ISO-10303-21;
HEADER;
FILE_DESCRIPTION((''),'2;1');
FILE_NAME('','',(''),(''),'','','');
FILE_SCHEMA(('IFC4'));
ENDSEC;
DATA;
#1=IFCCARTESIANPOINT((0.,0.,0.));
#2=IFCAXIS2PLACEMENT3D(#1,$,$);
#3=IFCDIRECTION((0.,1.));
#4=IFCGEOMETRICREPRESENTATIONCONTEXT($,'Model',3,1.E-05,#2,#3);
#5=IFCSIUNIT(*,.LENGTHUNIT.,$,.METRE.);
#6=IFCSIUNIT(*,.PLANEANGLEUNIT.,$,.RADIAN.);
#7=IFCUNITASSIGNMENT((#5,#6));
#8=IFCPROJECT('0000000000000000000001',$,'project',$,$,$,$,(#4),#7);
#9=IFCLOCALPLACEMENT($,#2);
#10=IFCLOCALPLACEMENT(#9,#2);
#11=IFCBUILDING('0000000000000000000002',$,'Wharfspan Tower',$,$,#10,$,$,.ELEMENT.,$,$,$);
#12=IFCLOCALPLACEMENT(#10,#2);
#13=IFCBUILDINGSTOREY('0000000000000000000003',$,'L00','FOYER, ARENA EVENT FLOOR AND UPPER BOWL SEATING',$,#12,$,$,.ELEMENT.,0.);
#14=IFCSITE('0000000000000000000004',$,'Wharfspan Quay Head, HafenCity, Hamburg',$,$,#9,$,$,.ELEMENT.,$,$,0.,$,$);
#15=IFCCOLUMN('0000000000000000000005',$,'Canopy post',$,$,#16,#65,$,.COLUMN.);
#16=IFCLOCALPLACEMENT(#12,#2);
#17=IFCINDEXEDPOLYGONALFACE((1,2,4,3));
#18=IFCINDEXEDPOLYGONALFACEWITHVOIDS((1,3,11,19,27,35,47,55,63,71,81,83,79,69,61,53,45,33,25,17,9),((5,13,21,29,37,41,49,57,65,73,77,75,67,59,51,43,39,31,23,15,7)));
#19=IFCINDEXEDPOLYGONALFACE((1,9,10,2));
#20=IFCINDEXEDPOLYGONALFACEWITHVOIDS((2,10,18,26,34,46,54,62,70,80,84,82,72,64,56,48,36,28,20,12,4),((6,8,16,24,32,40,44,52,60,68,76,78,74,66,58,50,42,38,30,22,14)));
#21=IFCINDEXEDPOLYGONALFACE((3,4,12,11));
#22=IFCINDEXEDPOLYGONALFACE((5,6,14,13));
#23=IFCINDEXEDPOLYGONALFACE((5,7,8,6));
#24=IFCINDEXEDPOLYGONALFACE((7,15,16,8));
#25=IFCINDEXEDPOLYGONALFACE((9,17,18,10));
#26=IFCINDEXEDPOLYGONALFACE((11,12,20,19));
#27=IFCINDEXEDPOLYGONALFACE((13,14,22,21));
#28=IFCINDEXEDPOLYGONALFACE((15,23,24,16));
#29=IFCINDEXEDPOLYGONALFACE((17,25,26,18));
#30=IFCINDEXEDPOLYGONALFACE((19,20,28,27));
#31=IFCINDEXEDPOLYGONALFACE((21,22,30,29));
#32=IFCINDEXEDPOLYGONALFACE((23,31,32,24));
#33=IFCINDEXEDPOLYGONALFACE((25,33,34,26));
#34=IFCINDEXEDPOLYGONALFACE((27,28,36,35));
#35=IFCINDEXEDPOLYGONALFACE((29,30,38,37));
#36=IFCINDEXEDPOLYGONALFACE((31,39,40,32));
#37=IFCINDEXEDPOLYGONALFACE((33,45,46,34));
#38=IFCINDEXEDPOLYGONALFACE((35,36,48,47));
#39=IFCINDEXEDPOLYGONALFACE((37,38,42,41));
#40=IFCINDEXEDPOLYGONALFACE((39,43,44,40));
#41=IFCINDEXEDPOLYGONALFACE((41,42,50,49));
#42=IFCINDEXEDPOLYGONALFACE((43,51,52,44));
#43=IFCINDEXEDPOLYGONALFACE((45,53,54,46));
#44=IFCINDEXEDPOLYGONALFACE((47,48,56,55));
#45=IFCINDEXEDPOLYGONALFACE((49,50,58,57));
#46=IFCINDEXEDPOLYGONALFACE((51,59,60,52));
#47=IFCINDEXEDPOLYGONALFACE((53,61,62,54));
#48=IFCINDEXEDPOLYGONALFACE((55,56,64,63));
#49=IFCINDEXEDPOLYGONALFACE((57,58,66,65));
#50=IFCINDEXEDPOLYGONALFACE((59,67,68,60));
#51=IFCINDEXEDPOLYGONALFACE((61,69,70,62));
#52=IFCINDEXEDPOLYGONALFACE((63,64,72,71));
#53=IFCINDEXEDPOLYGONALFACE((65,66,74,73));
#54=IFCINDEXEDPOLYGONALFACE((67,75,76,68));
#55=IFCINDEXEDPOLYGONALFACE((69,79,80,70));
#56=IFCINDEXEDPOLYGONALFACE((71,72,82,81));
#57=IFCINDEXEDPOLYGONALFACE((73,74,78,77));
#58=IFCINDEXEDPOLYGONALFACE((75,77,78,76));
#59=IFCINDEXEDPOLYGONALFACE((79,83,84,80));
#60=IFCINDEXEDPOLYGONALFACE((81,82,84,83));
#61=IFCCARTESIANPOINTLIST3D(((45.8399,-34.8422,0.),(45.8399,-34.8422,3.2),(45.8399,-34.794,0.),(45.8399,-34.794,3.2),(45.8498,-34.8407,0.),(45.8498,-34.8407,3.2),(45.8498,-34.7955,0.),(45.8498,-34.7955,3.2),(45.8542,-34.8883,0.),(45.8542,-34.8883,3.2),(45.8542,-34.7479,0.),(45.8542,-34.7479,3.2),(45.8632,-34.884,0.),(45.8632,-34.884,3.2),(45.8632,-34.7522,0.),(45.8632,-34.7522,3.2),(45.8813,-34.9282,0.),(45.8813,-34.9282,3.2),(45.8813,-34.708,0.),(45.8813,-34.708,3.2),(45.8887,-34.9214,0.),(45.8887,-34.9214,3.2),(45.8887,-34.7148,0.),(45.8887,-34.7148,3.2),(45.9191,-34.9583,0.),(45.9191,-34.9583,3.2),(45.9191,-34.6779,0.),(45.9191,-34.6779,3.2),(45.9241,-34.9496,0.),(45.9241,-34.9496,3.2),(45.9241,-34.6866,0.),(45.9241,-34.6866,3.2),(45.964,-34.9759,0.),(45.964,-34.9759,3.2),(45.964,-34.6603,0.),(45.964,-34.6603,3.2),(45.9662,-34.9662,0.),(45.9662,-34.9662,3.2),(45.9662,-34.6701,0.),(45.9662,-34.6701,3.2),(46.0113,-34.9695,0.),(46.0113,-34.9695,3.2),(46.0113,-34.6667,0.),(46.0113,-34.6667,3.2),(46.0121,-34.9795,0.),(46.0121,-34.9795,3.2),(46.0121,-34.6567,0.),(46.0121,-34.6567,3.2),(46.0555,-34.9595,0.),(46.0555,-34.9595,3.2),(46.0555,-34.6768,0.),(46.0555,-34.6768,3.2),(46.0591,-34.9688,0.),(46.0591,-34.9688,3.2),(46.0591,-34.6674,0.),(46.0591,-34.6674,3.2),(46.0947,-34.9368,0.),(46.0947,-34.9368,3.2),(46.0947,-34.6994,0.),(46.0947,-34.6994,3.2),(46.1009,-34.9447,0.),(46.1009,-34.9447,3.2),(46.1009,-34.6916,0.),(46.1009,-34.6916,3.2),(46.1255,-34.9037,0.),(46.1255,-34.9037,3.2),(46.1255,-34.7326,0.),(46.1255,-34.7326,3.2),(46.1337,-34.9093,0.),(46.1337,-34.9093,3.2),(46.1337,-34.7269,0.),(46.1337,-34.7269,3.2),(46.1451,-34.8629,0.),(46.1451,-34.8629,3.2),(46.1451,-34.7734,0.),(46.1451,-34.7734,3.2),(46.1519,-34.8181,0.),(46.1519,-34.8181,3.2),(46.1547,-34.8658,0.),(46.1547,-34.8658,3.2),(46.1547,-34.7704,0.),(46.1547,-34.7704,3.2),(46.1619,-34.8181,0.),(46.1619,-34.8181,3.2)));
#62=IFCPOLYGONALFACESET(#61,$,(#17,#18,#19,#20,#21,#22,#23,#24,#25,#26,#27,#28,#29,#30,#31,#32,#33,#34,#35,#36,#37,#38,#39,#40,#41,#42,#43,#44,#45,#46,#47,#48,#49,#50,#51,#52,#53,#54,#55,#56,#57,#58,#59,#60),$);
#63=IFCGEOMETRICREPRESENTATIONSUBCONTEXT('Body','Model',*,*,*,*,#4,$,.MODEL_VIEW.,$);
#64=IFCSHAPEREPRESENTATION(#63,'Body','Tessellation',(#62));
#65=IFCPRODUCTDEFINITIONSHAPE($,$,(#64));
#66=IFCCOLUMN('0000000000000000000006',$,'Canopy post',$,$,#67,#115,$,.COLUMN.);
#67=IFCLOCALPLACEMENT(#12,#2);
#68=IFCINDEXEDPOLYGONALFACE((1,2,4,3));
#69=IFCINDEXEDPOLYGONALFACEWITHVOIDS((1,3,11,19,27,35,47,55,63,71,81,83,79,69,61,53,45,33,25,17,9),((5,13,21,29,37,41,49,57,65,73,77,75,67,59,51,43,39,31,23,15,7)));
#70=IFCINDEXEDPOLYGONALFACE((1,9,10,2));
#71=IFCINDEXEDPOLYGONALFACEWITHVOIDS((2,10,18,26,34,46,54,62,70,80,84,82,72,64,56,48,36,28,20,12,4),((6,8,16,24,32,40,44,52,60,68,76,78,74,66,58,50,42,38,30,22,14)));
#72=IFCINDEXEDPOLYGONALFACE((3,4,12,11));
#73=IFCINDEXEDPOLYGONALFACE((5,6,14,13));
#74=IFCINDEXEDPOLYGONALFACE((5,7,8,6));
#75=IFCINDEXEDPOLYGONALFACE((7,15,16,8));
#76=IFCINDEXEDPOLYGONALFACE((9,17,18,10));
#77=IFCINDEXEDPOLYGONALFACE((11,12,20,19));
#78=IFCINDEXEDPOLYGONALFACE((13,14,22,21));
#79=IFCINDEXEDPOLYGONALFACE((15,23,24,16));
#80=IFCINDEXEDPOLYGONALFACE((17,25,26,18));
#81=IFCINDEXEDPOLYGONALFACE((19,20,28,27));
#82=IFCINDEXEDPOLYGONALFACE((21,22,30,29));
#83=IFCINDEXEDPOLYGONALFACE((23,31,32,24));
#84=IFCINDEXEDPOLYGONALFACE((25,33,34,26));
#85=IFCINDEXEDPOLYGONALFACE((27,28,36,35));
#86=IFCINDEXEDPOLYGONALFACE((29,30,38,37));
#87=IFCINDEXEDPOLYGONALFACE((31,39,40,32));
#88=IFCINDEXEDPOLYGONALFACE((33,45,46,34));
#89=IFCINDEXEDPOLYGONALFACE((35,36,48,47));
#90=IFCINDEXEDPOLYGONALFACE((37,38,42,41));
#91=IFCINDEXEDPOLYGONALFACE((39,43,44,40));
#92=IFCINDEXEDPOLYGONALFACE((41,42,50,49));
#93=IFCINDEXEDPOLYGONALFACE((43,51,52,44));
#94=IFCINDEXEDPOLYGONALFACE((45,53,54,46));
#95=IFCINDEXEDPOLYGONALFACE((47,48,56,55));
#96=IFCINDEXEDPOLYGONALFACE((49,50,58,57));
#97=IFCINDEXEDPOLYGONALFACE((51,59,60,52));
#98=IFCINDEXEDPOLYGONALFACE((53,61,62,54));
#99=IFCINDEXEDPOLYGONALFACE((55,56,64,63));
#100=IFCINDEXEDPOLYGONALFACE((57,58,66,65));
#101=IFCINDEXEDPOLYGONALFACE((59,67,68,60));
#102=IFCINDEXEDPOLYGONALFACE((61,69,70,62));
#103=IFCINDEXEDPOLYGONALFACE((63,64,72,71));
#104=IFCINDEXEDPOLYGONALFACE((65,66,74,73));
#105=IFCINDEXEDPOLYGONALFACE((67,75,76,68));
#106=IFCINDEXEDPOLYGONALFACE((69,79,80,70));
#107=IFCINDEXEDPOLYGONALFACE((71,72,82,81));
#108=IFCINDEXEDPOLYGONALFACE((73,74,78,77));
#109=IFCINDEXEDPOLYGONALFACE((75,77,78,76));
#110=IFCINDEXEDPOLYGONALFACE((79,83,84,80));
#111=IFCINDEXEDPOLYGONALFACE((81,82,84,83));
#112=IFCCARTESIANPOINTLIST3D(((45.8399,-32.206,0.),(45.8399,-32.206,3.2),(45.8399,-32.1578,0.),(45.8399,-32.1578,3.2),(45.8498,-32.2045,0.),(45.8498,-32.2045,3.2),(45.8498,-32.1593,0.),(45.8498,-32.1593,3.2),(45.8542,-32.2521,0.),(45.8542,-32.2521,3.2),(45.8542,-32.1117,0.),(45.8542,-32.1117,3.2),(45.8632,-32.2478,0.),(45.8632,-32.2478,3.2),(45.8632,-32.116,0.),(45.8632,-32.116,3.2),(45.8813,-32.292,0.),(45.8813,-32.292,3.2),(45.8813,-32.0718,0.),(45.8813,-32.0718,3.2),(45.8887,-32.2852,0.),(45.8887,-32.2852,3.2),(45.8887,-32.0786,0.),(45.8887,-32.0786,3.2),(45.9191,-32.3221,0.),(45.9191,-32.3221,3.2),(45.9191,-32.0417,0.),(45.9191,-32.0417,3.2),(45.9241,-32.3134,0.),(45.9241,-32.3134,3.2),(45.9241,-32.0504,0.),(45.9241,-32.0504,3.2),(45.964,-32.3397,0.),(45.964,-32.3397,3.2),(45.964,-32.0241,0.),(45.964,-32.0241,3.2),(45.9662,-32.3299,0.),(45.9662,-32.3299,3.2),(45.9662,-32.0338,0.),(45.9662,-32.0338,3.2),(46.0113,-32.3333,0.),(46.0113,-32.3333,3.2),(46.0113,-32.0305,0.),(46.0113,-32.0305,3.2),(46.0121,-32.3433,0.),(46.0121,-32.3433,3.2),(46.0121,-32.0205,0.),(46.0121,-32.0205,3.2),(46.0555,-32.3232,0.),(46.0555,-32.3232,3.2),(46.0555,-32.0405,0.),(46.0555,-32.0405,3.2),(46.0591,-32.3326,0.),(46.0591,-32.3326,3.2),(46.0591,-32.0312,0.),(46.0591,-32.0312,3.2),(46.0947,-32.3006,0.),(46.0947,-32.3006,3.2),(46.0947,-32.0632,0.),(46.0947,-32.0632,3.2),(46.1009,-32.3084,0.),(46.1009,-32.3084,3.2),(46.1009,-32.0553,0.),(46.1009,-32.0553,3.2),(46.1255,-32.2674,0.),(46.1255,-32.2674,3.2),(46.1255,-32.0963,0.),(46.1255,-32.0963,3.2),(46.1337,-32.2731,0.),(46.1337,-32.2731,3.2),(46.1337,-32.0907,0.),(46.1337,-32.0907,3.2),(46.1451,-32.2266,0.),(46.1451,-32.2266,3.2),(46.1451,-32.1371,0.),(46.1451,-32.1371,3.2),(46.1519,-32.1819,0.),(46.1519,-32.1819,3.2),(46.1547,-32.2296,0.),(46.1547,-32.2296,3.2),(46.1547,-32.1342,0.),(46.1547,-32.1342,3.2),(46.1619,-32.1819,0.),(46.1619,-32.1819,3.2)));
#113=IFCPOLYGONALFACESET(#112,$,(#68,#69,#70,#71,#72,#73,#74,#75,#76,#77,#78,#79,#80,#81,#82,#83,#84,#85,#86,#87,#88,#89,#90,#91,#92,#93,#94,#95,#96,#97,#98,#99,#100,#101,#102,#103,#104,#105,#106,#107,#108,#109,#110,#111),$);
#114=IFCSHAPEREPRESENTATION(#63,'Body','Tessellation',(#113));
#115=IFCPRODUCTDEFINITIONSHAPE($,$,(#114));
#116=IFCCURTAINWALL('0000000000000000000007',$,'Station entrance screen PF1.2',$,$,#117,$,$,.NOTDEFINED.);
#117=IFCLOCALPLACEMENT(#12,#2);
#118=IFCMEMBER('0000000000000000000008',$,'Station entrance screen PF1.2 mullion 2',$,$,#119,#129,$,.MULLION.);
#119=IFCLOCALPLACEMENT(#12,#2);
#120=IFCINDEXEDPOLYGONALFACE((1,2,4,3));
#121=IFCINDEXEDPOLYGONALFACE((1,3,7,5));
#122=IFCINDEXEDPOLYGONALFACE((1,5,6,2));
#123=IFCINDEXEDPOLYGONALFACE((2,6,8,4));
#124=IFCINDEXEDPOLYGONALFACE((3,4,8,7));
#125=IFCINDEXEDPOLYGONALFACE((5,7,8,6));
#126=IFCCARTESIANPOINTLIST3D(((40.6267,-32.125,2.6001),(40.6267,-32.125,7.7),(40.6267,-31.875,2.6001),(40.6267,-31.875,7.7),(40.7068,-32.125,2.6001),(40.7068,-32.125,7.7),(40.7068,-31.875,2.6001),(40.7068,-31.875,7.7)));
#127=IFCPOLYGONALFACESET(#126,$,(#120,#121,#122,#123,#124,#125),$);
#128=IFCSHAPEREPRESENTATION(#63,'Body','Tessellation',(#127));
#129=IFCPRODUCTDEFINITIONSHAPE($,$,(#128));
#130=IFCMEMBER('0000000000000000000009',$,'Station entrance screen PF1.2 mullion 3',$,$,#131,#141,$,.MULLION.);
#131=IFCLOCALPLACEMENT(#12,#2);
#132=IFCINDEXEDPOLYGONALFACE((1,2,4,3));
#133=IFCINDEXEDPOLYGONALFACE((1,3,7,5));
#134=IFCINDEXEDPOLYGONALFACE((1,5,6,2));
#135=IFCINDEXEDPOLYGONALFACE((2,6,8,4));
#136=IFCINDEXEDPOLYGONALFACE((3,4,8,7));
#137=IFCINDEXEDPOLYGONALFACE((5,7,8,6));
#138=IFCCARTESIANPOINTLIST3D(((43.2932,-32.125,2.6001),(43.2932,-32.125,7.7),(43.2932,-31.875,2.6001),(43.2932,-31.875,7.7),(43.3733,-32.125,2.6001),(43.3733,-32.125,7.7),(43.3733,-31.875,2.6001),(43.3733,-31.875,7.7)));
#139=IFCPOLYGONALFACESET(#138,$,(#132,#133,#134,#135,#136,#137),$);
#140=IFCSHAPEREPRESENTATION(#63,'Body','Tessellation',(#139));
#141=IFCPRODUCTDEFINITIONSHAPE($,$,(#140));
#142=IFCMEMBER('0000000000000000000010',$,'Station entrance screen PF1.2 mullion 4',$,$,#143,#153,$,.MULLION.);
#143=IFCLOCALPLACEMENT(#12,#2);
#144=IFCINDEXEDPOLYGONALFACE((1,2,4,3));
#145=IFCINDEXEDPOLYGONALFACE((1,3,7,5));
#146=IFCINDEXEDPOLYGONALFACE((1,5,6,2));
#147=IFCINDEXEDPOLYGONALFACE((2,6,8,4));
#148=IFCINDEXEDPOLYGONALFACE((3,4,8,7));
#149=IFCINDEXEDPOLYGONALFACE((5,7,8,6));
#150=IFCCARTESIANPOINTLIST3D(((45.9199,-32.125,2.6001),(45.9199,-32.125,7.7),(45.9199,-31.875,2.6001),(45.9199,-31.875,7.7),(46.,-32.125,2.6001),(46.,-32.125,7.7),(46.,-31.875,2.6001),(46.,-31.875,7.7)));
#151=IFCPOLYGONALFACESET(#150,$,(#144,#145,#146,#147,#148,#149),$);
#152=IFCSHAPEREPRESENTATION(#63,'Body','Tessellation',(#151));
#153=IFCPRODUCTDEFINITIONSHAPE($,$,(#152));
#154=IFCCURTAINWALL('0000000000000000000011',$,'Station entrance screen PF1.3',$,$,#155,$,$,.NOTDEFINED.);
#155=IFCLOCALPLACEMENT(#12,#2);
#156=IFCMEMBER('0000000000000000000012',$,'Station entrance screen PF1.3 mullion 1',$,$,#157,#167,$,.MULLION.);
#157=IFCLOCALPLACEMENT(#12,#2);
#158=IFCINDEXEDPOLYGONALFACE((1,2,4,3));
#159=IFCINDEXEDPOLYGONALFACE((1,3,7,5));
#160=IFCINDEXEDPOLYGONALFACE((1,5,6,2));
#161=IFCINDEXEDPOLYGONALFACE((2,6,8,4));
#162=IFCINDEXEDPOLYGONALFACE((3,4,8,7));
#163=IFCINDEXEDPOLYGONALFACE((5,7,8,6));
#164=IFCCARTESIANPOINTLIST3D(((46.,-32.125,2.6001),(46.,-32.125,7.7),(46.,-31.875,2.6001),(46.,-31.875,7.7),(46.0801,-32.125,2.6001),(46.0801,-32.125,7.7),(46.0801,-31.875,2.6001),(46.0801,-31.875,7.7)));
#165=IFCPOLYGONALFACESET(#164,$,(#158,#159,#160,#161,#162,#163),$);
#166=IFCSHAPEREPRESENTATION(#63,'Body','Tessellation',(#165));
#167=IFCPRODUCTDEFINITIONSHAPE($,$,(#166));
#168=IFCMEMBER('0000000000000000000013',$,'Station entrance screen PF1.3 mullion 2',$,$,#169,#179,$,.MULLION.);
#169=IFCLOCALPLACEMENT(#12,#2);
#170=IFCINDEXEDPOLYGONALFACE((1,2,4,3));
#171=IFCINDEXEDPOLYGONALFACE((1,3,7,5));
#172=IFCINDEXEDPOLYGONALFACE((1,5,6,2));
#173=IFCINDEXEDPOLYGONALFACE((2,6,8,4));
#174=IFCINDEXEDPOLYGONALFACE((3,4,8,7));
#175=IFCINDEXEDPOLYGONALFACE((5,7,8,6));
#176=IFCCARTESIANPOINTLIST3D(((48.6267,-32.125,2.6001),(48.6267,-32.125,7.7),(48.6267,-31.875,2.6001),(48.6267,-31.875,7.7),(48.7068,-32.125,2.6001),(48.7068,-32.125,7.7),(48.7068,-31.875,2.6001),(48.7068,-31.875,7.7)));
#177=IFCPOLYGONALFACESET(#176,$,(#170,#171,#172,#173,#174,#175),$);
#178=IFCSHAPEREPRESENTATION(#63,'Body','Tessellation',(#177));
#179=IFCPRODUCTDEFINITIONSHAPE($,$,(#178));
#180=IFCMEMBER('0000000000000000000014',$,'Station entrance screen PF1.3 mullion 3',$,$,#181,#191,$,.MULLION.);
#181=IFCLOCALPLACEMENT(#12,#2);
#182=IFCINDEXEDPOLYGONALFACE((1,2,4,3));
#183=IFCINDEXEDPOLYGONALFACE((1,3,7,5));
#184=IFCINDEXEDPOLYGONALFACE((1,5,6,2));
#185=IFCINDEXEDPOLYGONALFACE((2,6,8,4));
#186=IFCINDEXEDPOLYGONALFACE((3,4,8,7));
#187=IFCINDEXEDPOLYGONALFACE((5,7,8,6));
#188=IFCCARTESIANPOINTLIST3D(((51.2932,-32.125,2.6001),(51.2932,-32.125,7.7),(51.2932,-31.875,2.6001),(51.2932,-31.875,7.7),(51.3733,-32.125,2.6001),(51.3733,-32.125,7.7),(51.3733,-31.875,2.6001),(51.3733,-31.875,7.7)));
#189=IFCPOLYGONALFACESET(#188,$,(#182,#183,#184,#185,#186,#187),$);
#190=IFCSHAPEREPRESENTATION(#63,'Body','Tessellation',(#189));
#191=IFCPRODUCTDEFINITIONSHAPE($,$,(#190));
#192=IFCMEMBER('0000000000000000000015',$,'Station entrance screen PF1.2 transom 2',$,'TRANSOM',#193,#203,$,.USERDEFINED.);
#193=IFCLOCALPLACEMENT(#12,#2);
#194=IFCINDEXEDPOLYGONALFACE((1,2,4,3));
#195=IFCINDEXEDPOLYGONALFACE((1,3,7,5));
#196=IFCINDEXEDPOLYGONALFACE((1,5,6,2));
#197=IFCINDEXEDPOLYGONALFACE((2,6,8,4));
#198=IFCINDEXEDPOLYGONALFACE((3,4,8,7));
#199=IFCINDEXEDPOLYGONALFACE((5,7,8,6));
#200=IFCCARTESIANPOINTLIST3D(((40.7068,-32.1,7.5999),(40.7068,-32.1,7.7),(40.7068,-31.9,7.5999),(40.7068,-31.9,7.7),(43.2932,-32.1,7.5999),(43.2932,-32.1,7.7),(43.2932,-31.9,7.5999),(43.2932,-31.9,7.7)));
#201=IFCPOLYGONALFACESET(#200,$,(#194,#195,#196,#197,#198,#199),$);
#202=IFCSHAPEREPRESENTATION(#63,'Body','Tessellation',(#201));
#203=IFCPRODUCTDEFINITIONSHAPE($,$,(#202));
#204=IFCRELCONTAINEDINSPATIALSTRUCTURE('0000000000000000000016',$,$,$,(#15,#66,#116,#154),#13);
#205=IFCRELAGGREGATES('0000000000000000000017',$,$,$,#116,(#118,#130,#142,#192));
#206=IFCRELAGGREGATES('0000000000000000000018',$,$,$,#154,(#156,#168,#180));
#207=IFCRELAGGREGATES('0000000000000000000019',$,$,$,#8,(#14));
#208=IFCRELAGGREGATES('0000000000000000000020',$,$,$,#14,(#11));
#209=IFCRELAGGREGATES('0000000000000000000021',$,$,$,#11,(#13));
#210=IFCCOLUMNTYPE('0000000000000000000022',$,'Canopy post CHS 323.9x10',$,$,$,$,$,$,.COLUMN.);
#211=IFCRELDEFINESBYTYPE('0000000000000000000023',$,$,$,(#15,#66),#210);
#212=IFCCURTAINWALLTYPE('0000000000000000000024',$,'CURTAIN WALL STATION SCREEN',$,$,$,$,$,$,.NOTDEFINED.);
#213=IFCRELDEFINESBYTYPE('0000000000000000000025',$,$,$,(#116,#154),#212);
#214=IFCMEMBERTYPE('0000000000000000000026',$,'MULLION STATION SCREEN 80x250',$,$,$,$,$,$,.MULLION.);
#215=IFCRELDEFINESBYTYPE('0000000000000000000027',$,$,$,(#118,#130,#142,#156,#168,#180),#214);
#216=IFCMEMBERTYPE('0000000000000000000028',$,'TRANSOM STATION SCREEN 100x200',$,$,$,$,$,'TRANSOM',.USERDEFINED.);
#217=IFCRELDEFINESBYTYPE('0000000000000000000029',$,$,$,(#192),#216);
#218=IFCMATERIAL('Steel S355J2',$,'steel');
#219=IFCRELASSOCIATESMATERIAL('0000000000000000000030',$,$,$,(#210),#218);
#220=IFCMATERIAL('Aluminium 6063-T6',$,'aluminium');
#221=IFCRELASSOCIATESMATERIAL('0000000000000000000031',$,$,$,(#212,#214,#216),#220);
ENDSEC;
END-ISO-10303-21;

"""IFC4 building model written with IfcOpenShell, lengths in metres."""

from ifc_helpers import new_model, si_unit, direction, frame, origin, origin_2d, place, context, subcontext, project, spatial, rectangle, hollow_circle, extrude, material, material_profile, profile_set, type_object, element, aggregate, save


model = new_model("IFC4")

# Units and contexts
model_context = context("Model", 3, precision=1e-05, world=origin(), true_north=direction((0.0, 1.0)))
body_context = subcontext(model_context, "Body", "Model", "MODEL_VIEW")
ifc_project = project(units=[si_unit("LENGTHUNIT", "METRE"), si_unit("PLANEANGLEUNIT", "RADIAN")], contexts=[model_context])

# Site, building, storey
site_placement = place(None, origin())
site = spatial("IfcSite", under=ifc_project, at=site_placement, Name="Wharfspan Quay Head, HafenCity, Hamburg", CompositionType="ELEMENT", RefElevation=0.0)
building_placement = place(site_placement, origin())
building = spatial("IfcBuilding", under=site, at=building_placement, Name="Wharfspan Tower", CompositionType="ELEMENT")
storey_placement = place(building_placement, origin())
storey = spatial("IfcBuildingStorey", under=building, at=storey_placement, Name="L00", Description="FOYER, ARENA EVENT FLOOR AND UPPER BOWL SEATING", CompositionType="ELEMENT", Elevation=0.0)

# Columns
ifc_material_1 = material(Name="Steel S355J2", Category="steel")
ifc_material_profile_1 = material_profile(ifc_material_1, hollow_circle(Radius=0.1619, WallThickness=0.01, at=origin_2d()))
ifc_profile_set_1 = profile_set([ifc_material_profile_1], Name="Steel S355J2")
column_type = type_object("IfcColumnType", Name="Canopy post CHS 323.9x10", PredefinedType="COLUMN", material=ifc_profile_set_1)
for number, where, z_axis, x_axis, name in (
    (1, (46.0, -34.8181, 0.0), (0.0, 0.0, 1.0), (1.0, 0.0, 0.0), "Canopy post"),
    (2, (46.0, -32.1819, 0.0), (0.0, 0.0, 1.0), (1.0, 0.0, 0.0), "Canopy post"),
):
    element("IfcColumn", number, at=place(storey_placement, frame(where, z_axis=z_axis, x_axis=x_axis)), inside=storey, type_object=column_type, Name=name, PredefinedType="COLUMN", context=body_context, shape_type="SweptSolid", body=[
        extrude(hollow_circle(Radius=0.1619, WallThickness=0.01, at=origin_2d()), origin(), (0.0, 0.0, 1.0), 3.2),
    ])

# Curtain walls, members
ifc_material_2 = material(Name="Aluminium 6063-T6", Category="aluminium")
curtain_wall_type = type_object("IfcCurtainWallType", Name="CURTAIN WALL STATION SCREEN", PredefinedType="NOTDEFINED", material=ifc_material_2)
curtain_wall_1_placement = place(storey_placement, origin())
curtain_wall_1 = element("IfcCurtainWall", 3, at=curtain_wall_1_placement, inside=storey, type_object=curtain_wall_type, Name="Station entrance screen PF1.2", PredefinedType="NOTDEFINED")
ifc_material_profile_2 = material_profile(ifc_material_2, rectangle(XDim=0.25, YDim=0.0801, at=origin_2d()))
ifc_profile_set_2 = profile_set([ifc_material_profile_2], Name="Aluminium 6063-T6")
member_type_1 = type_object("IfcMemberType", Name="MULLION STATION SCREEN 80x250", PredefinedType="MULLION", material=ifc_profile_set_2)
member_1_placement = place(storey_placement, frame((40.6667, -32.0, 2.6001), z_axis=(0.0, 0.0, 1.0), x_axis=(0.0, 1.0, 0.0)))
member_1 = element("IfcMember", 4, at=member_1_placement, type_object=member_type_1, Name="Station entrance screen PF1.2 mullion 2", PredefinedType="MULLION", context=body_context, shape_type="SweptSolid", body=[
    extrude(rectangle(XDim=0.25, YDim=0.0801, at=origin_2d()), origin(), (0.0, 0.0, 1.0), 5.0999),
])
member_2_placement = place(storey_placement, frame((43.3333, -32.0, 2.6001), z_axis=(0.0, 0.0, 1.0), x_axis=(0.0, 1.0, 0.0)))
member_2 = element("IfcMember", 5, at=member_2_placement, type_object=member_type_1, Name="Station entrance screen PF1.2 mullion 3", PredefinedType="MULLION", context=body_context, shape_type="SweptSolid", body=[
    extrude(rectangle(XDim=0.25, YDim=0.0801, at=origin_2d()), origin(), (0.0, 0.0, 1.0), 5.0999),
])
member_3_placement = place(storey_placement, frame((45.96, -32.0, 2.6001), z_axis=(0.0, 0.0, 1.0), x_axis=(0.0, 1.0, 0.0)))
member_3 = element("IfcMember", 6, at=member_3_placement, type_object=member_type_1, Name="Station entrance screen PF1.2 mullion 4", PredefinedType="MULLION", context=body_context, shape_type="SweptSolid", body=[
    extrude(rectangle(XDim=0.25, YDim=0.0801, at=origin_2d()), origin(), (0.0, 0.0, 1.0), 5.0999),
])
curtain_wall_2_placement = place(storey_placement, origin())
curtain_wall_2 = element("IfcCurtainWall", 7, at=curtain_wall_2_placement, inside=storey, type_object=curtain_wall_type, Name="Station entrance screen PF1.3", PredefinedType="NOTDEFINED")
member_4_placement = place(storey_placement, frame((46.04, -32.0, 2.6001), z_axis=(0.0, 0.0, 1.0), x_axis=(0.0, 1.0, 0.0)))
member_4 = element("IfcMember", 8, at=member_4_placement, type_object=member_type_1, Name="Station entrance screen PF1.3 mullion 1", PredefinedType="MULLION", context=body_context, shape_type="SweptSolid", body=[
    extrude(rectangle(XDim=0.25, YDim=0.0801, at=origin_2d()), origin(), (0.0, 0.0, 1.0), 5.0999),
])
member_5_placement = place(storey_placement, frame((48.6667, -32.0, 2.6001), z_axis=(0.0, 0.0, 1.0), x_axis=(0.0, 1.0, 0.0)))
member_5 = element("IfcMember", 9, at=member_5_placement, type_object=member_type_1, Name="Station entrance screen PF1.3 mullion 2", PredefinedType="MULLION", context=body_context, shape_type="SweptSolid", body=[
    extrude(rectangle(XDim=0.25, YDim=0.0801, at=origin_2d()), origin(), (0.0, 0.0, 1.0), 5.0999),
])
member_6_placement = place(storey_placement, frame((51.3333, -32.0, 2.6001), z_axis=(0.0, 0.0, 1.0), x_axis=(0.0, 1.0, 0.0)))
member_6 = element("IfcMember", 10, at=member_6_placement, type_object=member_type_1, Name="Station entrance screen PF1.3 mullion 3", PredefinedType="MULLION", context=body_context, shape_type="SweptSolid", body=[
    extrude(rectangle(XDim=0.25, YDim=0.0801, at=origin_2d()), origin(), (0.0, 0.0, 1.0), 5.0999),
])

# Member
ifc_material_profile_3 = material_profile(ifc_material_2, rectangle(XDim=0.2, YDim=0.1001, at=origin_2d()))
ifc_profile_set_3 = profile_set([ifc_material_profile_3], Name="Aluminium 6063-T6")
member_type_2 = type_object("IfcMemberType", Name="TRANSOM STATION SCREEN 100x200", ElementType="TRANSOM", PredefinedType="USERDEFINED", material=ifc_profile_set_3)
member_7_placement = place(storey_placement, frame((40.7068, -32.0, 7.6499), z_axis=(1.0, 0.0, 0.0), x_axis=(0.0, 1.0, 0.0)))
member_7 = element("IfcMember", 11, at=member_7_placement, type_object=member_type_2, Name="Station entrance screen PF1.2 transom 2", ObjectType="TRANSOM", PredefinedType="USERDEFINED", context=body_context, shape_type="SweptSolid", body=[
    extrude(rectangle(XDim=0.2, YDim=0.1001, at=origin_2d()), origin(), (0.0, 0.0, 1.0), 2.5864),
])

aggregate(curtain_wall_1, [member_1, member_2, member_3, member_7])
aggregate(curtain_wall_2, [member_4, member_5, member_6])

save(model, "model.ifc")
